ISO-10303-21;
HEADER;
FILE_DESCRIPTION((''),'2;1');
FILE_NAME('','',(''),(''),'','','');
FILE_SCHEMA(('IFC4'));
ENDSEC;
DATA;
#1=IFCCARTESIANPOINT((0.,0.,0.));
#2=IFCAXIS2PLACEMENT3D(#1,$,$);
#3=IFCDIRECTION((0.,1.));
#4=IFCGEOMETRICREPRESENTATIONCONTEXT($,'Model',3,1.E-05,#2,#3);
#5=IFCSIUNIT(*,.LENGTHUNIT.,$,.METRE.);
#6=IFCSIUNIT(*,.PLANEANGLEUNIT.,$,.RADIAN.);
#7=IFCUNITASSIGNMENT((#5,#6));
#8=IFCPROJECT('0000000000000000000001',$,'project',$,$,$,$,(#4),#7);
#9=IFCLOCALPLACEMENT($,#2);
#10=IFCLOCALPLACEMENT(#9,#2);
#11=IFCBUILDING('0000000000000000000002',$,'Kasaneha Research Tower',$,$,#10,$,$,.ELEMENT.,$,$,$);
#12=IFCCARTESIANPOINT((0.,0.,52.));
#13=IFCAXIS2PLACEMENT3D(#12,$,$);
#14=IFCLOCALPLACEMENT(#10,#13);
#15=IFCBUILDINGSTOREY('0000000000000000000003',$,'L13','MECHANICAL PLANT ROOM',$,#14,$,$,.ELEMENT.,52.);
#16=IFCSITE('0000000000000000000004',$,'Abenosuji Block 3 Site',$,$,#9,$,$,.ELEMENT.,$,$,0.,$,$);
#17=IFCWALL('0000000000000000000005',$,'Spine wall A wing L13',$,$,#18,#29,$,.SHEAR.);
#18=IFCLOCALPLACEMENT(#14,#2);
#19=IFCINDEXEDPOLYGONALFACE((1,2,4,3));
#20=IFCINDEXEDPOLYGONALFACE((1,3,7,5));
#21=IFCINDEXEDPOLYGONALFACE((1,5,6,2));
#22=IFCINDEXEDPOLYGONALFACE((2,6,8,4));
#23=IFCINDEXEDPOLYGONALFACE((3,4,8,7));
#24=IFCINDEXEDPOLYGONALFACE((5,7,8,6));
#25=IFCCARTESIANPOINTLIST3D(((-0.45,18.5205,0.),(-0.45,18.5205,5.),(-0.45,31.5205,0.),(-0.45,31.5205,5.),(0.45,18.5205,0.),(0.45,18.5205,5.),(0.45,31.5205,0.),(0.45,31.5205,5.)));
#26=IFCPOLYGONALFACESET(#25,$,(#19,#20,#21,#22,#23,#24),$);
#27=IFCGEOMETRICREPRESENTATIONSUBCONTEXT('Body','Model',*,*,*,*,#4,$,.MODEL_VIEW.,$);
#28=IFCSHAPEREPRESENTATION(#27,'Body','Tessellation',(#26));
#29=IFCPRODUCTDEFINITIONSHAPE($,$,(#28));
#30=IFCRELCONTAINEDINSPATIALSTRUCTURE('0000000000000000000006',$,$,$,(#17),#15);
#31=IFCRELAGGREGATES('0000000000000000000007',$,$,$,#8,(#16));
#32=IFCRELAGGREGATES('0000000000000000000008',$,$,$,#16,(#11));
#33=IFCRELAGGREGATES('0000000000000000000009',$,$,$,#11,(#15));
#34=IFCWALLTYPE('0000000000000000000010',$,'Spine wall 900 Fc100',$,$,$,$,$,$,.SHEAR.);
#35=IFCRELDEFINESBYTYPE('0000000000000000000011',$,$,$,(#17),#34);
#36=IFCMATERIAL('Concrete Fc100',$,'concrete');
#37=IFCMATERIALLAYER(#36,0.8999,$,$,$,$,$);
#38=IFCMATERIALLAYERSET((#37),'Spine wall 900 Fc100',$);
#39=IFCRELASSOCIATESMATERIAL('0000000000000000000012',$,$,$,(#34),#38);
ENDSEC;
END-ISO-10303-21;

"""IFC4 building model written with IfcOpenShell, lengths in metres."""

from ifc_helpers import new_model, si_unit, direction, frame, frame_2d, origin, place, context, subcontext, project, spatial, rectangle, extrude, material, layer, layer_set, type_object, element, save


model = new_model("IFC4")

# Units and contexts
model_context = context("Model", 3, precision=1e-05, world=origin(), true_north=direction((0.0, 1.0)))
body_context = subcontext(model_context, "Body", "Model", "MODEL_VIEW")
ifc_project = project(units=[si_unit("LENGTHUNIT", "METRE"), si_unit("PLANEANGLEUNIT", "RADIAN")], contexts=[model_context])

# Site, building, storey
site_placement = place(None, origin())
site = spatial("IfcSite", under=ifc_project, at=site_placement, Name="Abenosuji Block 3 Site", CompositionType="ELEMENT", RefElevation=0.0)
building_placement = place(site_placement, origin())
building = spatial("IfcBuilding", under=site, at=building_placement, Name="Kasaneha Research Tower", CompositionType="ELEMENT")
storey_placement = place(building_placement, frame((0.0, 0.0, 52.0)))
storey = spatial("IfcBuildingStorey", under=building, at=storey_placement, Name="L13", Description="MECHANICAL PLANT ROOM", CompositionType="ELEMENT", Elevation=52.0)

# Wall
ifc_material_1 = material(Name="Concrete Fc100", Category="concrete")
ifc_layer_1 = layer(ifc_material_1, 0.8999)
ifc_layer_set_1 = layer_set([ifc_layer_1], Name="Spine wall 900 Fc100")
wall_type_1 = type_object("IfcWallType", Name="Spine wall 900 Fc100", PredefinedType="SHEAR", material=ifc_layer_set_1)
wall_1_placement = place(storey_placement, frame((0.0, 18.5205, 0.0), z_axis=(0.0, 0.0, 1.0), x_axis=(0.0, 1.0, 0.0)))
element("IfcWall", 1, at=wall_1_placement, inside=storey, type_object=wall_type_1, Name="Spine wall A wing L13", PredefinedType="SHEAR", context=body_context, shape_type="SweptSolid", body=[
    extrude(rectangle(XDim=13.0, YDim=0.8999, at=frame_2d((6.5, 0.0))), origin(), (0.0, 0.0, 1.0), 5.0),
])

save(model, "model.ifc")
